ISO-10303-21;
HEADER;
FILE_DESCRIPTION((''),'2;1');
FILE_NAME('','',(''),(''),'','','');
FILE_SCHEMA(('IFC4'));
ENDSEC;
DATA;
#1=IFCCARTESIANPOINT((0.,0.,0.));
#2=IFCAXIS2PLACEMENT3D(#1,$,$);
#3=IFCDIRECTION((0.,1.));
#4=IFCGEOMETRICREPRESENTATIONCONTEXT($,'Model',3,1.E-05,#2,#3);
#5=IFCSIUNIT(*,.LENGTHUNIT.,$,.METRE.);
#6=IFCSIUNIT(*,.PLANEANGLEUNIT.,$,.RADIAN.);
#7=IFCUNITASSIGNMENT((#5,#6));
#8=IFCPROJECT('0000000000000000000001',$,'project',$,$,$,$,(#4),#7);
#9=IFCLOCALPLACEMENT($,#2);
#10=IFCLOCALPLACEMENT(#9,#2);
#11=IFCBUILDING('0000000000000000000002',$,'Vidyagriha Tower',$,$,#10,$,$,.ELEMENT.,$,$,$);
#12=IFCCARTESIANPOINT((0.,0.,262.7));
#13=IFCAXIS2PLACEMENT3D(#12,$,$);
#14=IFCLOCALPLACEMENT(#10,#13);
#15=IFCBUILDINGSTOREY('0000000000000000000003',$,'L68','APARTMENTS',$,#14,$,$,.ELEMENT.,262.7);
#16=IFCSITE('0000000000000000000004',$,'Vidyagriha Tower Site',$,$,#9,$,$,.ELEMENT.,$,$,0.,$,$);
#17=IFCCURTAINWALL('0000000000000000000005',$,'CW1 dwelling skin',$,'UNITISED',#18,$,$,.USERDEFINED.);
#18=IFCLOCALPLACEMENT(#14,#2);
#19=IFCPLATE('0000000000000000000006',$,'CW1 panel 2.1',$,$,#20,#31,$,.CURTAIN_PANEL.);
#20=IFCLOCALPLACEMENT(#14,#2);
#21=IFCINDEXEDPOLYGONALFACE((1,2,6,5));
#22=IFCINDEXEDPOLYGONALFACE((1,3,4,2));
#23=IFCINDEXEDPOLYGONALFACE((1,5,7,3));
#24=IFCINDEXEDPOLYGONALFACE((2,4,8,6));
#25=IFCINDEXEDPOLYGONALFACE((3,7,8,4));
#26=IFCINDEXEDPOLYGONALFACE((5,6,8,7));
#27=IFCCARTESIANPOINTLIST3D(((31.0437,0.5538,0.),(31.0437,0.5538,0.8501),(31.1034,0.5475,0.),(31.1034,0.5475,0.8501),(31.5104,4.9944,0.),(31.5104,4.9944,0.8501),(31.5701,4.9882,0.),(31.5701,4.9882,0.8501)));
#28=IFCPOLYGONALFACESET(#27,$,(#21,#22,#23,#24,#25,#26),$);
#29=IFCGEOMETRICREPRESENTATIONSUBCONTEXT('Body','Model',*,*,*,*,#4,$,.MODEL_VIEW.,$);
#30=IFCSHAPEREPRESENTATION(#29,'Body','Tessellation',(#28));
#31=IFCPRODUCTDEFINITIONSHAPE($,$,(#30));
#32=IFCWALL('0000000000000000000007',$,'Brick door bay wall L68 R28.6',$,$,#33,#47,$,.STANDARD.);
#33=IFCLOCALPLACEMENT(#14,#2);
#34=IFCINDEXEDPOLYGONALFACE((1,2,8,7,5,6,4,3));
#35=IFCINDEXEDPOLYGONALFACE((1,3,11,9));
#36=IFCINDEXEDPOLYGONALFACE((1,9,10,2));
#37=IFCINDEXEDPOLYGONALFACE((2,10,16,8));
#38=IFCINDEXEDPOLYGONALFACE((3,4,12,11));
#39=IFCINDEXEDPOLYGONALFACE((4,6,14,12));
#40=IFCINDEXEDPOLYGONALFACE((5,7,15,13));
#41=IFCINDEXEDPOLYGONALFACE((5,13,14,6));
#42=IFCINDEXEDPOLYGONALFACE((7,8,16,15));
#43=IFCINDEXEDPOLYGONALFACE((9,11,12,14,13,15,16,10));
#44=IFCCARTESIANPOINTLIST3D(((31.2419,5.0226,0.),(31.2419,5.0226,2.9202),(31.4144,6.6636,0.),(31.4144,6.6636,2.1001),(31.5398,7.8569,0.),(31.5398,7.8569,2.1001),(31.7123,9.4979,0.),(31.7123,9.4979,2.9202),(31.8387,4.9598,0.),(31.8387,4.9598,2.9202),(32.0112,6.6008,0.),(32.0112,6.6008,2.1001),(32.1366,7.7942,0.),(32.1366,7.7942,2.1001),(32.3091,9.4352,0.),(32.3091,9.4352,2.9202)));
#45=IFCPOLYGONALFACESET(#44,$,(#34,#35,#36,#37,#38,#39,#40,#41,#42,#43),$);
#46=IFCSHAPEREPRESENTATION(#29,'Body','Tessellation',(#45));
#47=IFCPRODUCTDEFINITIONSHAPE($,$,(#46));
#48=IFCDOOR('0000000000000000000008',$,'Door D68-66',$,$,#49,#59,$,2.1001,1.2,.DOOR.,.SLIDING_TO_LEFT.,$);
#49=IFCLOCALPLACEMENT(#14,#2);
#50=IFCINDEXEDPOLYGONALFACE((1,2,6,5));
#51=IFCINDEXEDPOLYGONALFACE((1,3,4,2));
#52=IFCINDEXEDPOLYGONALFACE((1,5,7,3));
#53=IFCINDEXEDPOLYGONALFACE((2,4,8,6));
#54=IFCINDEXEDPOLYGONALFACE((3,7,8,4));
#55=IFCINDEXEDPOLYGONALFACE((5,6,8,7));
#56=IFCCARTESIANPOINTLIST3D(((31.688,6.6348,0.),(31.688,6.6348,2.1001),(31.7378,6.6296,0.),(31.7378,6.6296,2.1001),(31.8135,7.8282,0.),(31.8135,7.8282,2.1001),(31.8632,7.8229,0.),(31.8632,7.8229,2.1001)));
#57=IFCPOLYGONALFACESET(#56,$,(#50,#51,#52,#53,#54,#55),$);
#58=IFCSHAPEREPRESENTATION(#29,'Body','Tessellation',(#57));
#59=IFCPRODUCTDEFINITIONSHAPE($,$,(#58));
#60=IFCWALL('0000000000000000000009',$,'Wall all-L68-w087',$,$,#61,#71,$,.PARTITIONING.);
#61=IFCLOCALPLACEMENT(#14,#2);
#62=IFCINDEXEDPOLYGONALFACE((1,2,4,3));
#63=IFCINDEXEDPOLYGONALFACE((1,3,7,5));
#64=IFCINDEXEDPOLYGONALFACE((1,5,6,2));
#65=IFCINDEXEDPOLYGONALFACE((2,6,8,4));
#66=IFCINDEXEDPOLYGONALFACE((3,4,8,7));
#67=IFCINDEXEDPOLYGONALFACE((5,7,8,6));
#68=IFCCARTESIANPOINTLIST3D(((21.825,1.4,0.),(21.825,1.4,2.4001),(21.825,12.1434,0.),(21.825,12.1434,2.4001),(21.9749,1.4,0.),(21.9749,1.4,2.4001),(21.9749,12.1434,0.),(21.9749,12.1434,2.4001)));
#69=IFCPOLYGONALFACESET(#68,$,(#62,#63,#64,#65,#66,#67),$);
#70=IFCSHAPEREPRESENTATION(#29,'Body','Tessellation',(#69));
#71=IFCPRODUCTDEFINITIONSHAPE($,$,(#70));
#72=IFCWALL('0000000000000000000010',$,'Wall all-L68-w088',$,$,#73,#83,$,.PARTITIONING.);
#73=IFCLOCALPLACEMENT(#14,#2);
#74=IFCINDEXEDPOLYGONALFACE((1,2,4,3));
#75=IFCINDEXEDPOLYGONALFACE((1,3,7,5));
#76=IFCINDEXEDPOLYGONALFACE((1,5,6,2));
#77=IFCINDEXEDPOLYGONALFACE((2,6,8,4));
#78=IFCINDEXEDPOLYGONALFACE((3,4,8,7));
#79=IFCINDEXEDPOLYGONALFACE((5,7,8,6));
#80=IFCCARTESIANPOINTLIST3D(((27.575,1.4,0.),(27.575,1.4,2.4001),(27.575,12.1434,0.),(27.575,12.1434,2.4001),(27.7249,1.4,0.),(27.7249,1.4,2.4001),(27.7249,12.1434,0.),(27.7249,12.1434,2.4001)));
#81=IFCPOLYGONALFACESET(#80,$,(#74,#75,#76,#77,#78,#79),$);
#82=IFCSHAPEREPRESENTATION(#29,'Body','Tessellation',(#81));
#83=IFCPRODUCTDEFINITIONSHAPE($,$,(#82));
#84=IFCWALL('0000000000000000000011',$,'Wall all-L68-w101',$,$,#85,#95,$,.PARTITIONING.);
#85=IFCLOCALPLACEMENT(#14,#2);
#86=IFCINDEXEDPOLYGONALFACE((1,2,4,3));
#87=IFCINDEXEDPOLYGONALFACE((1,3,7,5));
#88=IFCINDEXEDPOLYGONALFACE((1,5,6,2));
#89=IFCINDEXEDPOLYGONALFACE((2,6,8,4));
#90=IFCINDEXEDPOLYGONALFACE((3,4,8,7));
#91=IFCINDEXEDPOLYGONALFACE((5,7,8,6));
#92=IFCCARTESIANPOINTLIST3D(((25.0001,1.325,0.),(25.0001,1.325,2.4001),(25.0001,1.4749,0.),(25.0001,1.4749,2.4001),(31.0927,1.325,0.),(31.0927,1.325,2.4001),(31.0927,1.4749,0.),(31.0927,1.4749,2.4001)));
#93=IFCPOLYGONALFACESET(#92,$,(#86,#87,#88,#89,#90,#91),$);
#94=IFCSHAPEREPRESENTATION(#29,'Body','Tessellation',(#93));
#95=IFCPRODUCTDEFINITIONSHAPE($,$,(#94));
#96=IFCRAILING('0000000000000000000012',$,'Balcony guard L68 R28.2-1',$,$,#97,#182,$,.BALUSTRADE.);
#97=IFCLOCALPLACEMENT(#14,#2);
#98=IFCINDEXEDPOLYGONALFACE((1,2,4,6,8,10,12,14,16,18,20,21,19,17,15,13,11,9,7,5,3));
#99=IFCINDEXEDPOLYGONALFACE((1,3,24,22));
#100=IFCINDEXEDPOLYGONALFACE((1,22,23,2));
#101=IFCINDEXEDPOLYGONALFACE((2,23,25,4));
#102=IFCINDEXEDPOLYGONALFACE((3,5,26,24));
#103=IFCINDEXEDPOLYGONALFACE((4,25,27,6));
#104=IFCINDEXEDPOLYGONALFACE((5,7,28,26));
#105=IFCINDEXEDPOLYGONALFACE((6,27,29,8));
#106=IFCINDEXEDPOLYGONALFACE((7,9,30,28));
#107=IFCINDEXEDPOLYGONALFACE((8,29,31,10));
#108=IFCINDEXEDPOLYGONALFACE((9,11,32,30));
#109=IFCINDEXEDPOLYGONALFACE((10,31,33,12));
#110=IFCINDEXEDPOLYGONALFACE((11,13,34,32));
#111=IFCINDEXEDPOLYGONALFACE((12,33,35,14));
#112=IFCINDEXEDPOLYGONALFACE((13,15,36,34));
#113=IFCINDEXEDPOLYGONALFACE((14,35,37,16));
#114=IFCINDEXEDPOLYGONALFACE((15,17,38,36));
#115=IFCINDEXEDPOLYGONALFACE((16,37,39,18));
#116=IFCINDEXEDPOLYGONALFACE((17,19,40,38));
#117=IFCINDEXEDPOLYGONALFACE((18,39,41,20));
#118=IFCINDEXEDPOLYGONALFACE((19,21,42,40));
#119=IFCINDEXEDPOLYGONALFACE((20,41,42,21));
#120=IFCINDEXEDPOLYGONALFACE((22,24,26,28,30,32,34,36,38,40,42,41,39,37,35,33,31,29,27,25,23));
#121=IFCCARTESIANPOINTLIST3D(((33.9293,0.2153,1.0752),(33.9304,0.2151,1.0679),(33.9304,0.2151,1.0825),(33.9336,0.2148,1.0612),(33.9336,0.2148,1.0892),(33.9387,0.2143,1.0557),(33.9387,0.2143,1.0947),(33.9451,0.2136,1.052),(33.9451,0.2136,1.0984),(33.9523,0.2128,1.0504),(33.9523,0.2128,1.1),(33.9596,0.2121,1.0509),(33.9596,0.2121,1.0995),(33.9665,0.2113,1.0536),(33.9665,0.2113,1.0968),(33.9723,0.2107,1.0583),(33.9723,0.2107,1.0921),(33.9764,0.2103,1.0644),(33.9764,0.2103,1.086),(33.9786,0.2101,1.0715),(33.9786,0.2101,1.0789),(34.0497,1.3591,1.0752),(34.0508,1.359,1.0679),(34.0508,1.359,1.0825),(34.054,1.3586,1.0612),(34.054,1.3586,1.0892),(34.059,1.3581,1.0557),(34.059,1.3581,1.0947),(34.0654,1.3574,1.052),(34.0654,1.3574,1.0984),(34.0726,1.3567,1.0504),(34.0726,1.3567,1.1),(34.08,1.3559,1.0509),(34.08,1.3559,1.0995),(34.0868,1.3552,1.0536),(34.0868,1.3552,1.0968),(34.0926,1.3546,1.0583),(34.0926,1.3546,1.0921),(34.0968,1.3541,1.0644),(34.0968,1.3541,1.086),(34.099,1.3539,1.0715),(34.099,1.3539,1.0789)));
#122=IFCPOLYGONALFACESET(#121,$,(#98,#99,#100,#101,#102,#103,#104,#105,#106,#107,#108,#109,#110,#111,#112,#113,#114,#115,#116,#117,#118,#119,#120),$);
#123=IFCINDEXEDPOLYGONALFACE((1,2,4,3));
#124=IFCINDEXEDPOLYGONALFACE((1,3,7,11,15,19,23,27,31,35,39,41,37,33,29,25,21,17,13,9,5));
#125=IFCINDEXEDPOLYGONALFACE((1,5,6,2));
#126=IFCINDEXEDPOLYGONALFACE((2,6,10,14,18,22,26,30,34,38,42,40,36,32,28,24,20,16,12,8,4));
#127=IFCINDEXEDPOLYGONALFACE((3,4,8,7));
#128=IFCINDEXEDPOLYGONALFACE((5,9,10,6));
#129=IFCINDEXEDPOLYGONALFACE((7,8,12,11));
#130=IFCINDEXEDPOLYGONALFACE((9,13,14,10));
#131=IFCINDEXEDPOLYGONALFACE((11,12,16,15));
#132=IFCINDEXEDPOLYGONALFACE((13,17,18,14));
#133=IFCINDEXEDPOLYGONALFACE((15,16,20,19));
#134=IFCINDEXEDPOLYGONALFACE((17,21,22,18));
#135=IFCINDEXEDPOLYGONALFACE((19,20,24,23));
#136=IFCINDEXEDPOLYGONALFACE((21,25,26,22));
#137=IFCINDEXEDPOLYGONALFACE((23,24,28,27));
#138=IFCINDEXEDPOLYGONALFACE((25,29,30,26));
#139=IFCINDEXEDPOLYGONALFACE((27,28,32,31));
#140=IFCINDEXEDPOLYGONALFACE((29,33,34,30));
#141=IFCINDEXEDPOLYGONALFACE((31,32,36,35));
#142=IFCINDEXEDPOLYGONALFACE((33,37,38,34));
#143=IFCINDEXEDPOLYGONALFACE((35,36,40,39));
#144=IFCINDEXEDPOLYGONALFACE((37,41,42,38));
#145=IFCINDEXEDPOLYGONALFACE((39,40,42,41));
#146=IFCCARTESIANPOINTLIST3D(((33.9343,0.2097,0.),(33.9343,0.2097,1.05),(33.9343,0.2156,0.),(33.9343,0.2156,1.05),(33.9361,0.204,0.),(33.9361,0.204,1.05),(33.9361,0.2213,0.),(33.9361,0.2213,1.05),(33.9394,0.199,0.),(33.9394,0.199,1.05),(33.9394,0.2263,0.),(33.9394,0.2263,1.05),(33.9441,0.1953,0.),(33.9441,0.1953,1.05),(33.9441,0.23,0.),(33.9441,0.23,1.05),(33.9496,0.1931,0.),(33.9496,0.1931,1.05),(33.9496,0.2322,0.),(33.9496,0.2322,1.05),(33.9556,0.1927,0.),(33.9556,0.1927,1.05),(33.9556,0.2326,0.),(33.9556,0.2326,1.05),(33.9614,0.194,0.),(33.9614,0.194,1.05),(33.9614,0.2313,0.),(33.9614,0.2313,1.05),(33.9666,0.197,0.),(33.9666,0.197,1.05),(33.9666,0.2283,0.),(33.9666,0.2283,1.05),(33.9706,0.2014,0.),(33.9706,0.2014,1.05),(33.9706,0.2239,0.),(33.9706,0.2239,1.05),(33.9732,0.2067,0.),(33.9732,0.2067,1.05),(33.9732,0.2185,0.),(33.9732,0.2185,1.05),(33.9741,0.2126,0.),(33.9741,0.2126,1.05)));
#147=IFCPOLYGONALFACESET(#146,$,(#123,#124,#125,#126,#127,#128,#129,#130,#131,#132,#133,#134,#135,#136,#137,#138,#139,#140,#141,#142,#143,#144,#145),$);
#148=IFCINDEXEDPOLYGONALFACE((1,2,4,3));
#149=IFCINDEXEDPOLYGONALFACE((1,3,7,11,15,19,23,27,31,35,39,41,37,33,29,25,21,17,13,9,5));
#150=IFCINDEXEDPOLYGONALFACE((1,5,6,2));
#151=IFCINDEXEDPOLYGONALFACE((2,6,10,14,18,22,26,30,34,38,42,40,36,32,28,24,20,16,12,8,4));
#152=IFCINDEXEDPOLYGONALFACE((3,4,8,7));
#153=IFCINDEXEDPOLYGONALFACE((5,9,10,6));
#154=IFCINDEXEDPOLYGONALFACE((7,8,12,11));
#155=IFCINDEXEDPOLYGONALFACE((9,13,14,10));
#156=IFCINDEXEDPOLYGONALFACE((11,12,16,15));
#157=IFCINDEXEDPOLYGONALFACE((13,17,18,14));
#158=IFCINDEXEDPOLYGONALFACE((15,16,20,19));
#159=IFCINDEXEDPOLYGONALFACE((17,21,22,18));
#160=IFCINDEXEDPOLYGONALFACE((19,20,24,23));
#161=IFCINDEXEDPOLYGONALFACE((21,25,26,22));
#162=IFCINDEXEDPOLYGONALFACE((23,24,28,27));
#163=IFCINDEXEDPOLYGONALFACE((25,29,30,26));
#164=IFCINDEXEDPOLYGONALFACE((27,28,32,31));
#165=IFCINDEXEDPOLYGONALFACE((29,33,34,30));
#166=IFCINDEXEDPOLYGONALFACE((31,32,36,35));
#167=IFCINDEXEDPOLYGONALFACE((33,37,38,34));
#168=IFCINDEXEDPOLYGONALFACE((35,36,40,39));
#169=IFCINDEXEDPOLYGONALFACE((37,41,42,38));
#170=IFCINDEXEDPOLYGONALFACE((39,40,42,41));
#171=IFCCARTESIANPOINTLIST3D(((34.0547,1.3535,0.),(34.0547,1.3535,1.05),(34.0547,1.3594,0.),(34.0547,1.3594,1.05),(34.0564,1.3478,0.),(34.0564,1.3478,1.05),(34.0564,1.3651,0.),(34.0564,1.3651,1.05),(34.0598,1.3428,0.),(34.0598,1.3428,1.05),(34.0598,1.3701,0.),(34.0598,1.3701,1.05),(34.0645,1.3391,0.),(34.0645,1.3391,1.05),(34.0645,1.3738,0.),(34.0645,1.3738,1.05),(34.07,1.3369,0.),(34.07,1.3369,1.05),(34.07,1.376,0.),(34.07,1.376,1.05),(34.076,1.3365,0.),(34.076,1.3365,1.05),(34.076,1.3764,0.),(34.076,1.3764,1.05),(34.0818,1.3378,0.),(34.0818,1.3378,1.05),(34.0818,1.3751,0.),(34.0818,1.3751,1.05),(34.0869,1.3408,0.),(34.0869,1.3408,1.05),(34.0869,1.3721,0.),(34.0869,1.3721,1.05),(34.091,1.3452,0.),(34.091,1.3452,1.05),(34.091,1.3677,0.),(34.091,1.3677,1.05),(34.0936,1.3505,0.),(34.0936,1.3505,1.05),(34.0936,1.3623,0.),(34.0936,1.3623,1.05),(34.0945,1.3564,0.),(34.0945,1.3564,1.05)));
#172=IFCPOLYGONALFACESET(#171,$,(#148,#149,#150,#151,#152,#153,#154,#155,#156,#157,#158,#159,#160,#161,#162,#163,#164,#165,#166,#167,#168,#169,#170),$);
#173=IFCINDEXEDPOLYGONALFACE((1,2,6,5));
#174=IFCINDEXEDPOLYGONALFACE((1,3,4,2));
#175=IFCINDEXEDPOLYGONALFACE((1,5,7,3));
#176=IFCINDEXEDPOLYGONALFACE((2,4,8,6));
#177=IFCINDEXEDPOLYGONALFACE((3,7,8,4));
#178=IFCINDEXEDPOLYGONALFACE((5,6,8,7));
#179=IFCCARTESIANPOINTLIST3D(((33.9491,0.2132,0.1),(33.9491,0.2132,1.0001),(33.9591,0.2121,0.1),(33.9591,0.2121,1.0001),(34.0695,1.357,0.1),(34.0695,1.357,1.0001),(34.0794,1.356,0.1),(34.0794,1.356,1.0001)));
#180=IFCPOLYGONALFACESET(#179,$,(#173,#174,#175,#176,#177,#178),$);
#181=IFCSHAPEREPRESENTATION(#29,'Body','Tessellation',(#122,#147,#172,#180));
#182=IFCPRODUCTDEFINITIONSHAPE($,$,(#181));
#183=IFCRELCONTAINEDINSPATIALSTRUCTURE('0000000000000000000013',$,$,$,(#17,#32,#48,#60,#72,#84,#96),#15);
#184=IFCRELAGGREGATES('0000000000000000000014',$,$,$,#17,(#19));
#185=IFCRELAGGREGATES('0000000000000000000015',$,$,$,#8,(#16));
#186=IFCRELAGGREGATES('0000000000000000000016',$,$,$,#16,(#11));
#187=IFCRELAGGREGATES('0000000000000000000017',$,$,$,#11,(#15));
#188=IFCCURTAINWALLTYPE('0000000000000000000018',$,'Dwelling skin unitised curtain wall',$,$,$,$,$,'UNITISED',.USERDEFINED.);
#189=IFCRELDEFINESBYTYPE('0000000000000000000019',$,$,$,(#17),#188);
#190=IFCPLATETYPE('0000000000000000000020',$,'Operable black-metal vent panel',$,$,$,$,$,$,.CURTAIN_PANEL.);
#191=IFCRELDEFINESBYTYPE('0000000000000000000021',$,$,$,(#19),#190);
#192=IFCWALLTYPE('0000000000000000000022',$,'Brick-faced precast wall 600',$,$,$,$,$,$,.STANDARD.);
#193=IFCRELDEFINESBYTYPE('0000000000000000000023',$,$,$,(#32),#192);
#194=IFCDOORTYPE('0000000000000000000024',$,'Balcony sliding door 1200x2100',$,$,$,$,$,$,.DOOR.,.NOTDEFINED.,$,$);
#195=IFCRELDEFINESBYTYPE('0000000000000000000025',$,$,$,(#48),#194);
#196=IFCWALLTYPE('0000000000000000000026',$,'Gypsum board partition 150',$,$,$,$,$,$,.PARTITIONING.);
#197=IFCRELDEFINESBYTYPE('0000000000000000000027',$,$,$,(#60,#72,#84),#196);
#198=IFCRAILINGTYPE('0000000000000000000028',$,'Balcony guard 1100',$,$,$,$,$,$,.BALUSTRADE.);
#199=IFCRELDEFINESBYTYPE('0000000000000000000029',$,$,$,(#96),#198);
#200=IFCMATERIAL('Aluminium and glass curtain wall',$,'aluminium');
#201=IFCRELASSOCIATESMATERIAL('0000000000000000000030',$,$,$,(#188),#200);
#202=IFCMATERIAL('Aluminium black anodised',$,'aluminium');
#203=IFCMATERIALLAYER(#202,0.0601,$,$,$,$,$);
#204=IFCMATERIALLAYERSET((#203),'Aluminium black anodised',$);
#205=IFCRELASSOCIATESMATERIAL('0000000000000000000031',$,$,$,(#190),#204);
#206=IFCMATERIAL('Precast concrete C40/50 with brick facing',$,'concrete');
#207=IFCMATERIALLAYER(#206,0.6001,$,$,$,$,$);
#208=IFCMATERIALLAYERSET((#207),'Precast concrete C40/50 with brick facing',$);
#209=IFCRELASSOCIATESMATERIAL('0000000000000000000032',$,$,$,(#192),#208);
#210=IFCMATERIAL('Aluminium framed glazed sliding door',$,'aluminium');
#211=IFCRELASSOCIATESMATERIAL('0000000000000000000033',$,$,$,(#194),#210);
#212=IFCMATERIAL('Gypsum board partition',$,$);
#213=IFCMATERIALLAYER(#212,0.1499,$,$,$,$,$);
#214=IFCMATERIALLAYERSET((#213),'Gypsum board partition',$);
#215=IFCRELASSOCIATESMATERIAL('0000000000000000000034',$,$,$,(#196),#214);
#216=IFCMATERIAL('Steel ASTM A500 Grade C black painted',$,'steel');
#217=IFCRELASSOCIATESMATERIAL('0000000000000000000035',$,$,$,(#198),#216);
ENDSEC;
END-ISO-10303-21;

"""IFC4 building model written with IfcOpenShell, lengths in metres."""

from ifc_helpers import new_model, si_unit, direction, frame, frame_2d, origin, origin_2d, place, context, subcontext, project, spatial, rectangle, circle, extrude, material, layer, layer_set, type_object, element, fill, aggregate, save


model = new_model("IFC4")

# Units and contexts
model_context = context("Model", 3, precision=1e-05, world=origin(), true_north=direction((0.0, 1.0)))
body_context = subcontext(model_context, "Body", "Model", "MODEL_VIEW")
ifc_project = project(units=[si_unit("LENGTHUNIT", "METRE"), si_unit("PLANEANGLEUNIT", "RADIAN")], contexts=[model_context])

# Site, building, storey
site_placement = place(None, origin())
site = spatial("IfcSite", under=ifc_project, at=site_placement, Name="Vidyagriha Tower Site", CompositionType="ELEMENT", RefElevation=0.0)
building_placement = place(site_placement, origin())
building = spatial("IfcBuilding", under=site, at=building_placement, Name="Vidyagriha Tower", CompositionType="ELEMENT")
storey_placement = place(building_placement, frame((0.0, 0.0, 262.7)))
storey = spatial("IfcBuildingStorey", under=building, at=storey_placement, Name="L68", Description="APARTMENTS", CompositionType="ELEMENT", Elevation=262.7)

# Curtain wall
ifc_material_1 = material(Name="Aluminium and glass curtain wall", Category="aluminium")
curtain_wall_type = type_object("IfcCurtainWallType", Name="Dwelling skin unitised curtain wall", ElementType="UNITISED", PredefinedType="USERDEFINED", material=ifc_material_1)
curtain_wall_1_placement = place(storey_placement, origin())
curtain_wall_1 = element("IfcCurtainWall", 1, at=curtain_wall_1_placement, inside=storey, type_object=curtain_wall_type, Name="CW1 dwelling skin", ObjectType="UNITISED", PredefinedType="USERDEFINED")

# Plate
ifc_material_2 = material(Name="Aluminium black anodised", Category="aluminium")
ifc_layer_1 = layer(ifc_material_2, 0.0601)
ifc_layer_set_1 = layer_set([ifc_layer_1], Name="Aluminium black anodised")
plate_type_1 = type_object("IfcPlateType", Name="Operable black-metal vent panel", PredefinedType="CURTAIN_PANEL", material=ifc_layer_set_1)
plate_1_placement = place(storey_placement, frame((31.3069, 2.771, 0.0), z_axis=(0.0, 0.0, 1.0), x_axis=(0.10453, 0.994522, 0.0)))
plate_1 = element("IfcPlate", 2, at=plate_1_placement, type_object=plate_type_1, Name="CW1 panel 2.1", PredefinedType="CURTAIN_PANEL", context=body_context, shape_type="SweptSolid", body=[
    extrude(rectangle(XDim=4.4651, YDim=0.0601, at=origin_2d()), origin(), (0.0, 0.0, 1.0), 0.8501),
])
aggregate(curtain_wall_1, [plate_1])

# Wall, opening, door
ifc_material_3 = material(Name="Precast concrete C40/50 with brick facing", Category="concrete")
ifc_layer_2 = layer(ifc_material_3, 0.6001)
ifc_layer_set_2 = layer_set([ifc_layer_2], Name="Precast concrete C40/50 with brick facing")
wall_type_1 = type_object("IfcWallType", Name="Brick-faced precast wall 600", PredefinedType="STANDARD", material=ifc_layer_set_2)
wall_1_placement = place(storey_placement, frame((31.5403, 4.9912, 0.0), z_axis=(0.0, 0.0, 1.0), x_axis=(0.104546, 0.99452, 0.0)))
wall_1 = element("IfcWall", 3, at=wall_1_placement, inside=storey, type_object=wall_type_1, Name="Brick door bay wall L68 R28.6", PredefinedType="STANDARD", context=body_context, shape_type="SweptSolid", body=[
    extrude(rectangle(XDim=4.5, YDim=0.6001, at=frame_2d((2.25, 0.0))), origin(), (0.0, 0.0, 1.0), 2.9202),
])
opening_placement = place(wall_1_placement, frame((1.6499, 0.0, 0.0)))
opening = element("IfcOpeningElement", 4, at=opening_placement, cuts=wall_1, PredefinedType="OPENING", context=body_context, shape_type="SweptSolid", body=[
    extrude(rectangle(XDim=1.2, YDim=2.1001, at=frame_2d((0.6001, 1.05))), frame((0.0, 0.3101, 0.0), z_axis=(0.0, -1.0, 0.0), x_axis=(1.0, 0.0, 0.0)), (0.0, 0.0, 1.0), 0.6201),
])
ifc_material_4 = material(Name="Aluminium framed glazed sliding door", Category="aluminium")
door_type = type_object("IfcDoorType", Name="Balcony sliding door 1200x2100", OperationType="NOTDEFINED", PredefinedType="DOOR", material=ifc_material_4)
door_placement = place(opening_placement, origin())
door = element("IfcDoor", 5, at=door_placement, inside=storey, type_object=door_type, Name="Door D68-66", OperationType="SLIDING_TO_LEFT", OverallHeight=2.1001, OverallWidth=1.2, PredefinedType="DOOR", context=body_context, shape_type="SweptSolid", body=[
    extrude(rectangle(XDim=1.2, YDim=2.1001, at=frame_2d((0.6001, 1.05))), frame((0.0, 0.0249, 0.0), z_axis=(0.0, -1.0, 0.0), x_axis=(1.0, 0.0, 0.0)), (0.0, 0.0, 1.0), 0.05),
])
fill(opening, door)

# Walls
ifc_material_5 = material(Name="Gypsum board partition")
ifc_layer_3 = layer(ifc_material_5, 0.1499)
ifc_layer_set_3 = layer_set([ifc_layer_3], Name="Gypsum board partition")
wall_type_2 = type_object("IfcWallType", Name="Gypsum board partition 150", PredefinedType="PARTITIONING", material=ifc_layer_set_3)
for number, where, z_axis, x_axis, name in (
    (6, (21.8999, 12.1433, 0.0), (0.0, 0.0, 1.0), (0.0, -1.0, 0.0), "Wall all-L68-w087"),
    (7, (27.6499, 12.1433, 0.0), (0.0, 0.0, 1.0), (0.0, -1.0, 0.0), "Wall all-L68-w088"),
):
    element("IfcWall", number, at=place(storey_placement, frame(where, z_axis=z_axis, x_axis=x_axis)), inside=storey, type_object=wall_type_2, Name=name, PredefinedType="PARTITIONING", context=body_context, shape_type="SweptSolid", body=[
        extrude(rectangle(XDim=10.7434, YDim=0.1499, at=frame_2d((5.3716, 0.0))), origin(), (0.0, 0.0, 1.0), 2.4001),
    ])
wall_2_placement = place(storey_placement, frame((25.0, 1.3999, 0.0)))
element("IfcWall", 8, at=wall_2_placement, inside=storey, type_object=wall_type_2, Name="Wall all-L68-w101", PredefinedType="PARTITIONING", context=body_context, shape_type="SweptSolid", body=[
    extrude(rectangle(XDim=6.0925, YDim=0.1499, at=frame_2d((3.0464, 0.0))), origin(), (0.0, 0.0, 1.0), 2.4001),
])

# Railing
ifc_material_6 = material(Name="Steel ASTM A500 Grade C black painted", Category="steel")
railing_type_1 = type_object("IfcRailingType", Name="Balcony guard 1100", PredefinedType="BALUSTRADE", material=ifc_material_6)
railing_1_placement = place(storey_placement, frame((33.9541, 0.2126, 0.0)))
element("IfcRailing", 9, at=railing_1_placement, inside=storey, type_object=railing_type_1, Name="Balcony guard L68 R28.2-1", PredefinedType="BALUSTRADE", context=body_context, shape_type="SweptSolid", body=[
    extrude(circle(Radius=0.0249, at=origin_2d()), frame((0.0, 0.0, 1.0752), z_axis=(0.104652, 0.994509, 0.0), x_axis=(-0.994509, 0.104652, 0.0)), (0.0, 0.0, 1.0), 1.1501),
    extrude(circle(Radius=0.02, at=origin_2d()), origin(), (0.0, 0.0, 1.0), 1.05),
    extrude(circle(Radius=0.02, at=origin_2d()), frame((0.1204, 1.1438, 0.0)), (0.0, 0.0, 1.0), 1.05),
    extrude(rectangle(XDim=0.01, YDim=0.9001, at=origin_2d()), frame((0.0, 0.0, 0.55), z_axis=(0.104652, 0.994509, 0.0), x_axis=(-0.994509, 0.104652, 0.0)), (0.0, 0.0, 1.0), 1.1501),
])

save(model, "model.ifc")
